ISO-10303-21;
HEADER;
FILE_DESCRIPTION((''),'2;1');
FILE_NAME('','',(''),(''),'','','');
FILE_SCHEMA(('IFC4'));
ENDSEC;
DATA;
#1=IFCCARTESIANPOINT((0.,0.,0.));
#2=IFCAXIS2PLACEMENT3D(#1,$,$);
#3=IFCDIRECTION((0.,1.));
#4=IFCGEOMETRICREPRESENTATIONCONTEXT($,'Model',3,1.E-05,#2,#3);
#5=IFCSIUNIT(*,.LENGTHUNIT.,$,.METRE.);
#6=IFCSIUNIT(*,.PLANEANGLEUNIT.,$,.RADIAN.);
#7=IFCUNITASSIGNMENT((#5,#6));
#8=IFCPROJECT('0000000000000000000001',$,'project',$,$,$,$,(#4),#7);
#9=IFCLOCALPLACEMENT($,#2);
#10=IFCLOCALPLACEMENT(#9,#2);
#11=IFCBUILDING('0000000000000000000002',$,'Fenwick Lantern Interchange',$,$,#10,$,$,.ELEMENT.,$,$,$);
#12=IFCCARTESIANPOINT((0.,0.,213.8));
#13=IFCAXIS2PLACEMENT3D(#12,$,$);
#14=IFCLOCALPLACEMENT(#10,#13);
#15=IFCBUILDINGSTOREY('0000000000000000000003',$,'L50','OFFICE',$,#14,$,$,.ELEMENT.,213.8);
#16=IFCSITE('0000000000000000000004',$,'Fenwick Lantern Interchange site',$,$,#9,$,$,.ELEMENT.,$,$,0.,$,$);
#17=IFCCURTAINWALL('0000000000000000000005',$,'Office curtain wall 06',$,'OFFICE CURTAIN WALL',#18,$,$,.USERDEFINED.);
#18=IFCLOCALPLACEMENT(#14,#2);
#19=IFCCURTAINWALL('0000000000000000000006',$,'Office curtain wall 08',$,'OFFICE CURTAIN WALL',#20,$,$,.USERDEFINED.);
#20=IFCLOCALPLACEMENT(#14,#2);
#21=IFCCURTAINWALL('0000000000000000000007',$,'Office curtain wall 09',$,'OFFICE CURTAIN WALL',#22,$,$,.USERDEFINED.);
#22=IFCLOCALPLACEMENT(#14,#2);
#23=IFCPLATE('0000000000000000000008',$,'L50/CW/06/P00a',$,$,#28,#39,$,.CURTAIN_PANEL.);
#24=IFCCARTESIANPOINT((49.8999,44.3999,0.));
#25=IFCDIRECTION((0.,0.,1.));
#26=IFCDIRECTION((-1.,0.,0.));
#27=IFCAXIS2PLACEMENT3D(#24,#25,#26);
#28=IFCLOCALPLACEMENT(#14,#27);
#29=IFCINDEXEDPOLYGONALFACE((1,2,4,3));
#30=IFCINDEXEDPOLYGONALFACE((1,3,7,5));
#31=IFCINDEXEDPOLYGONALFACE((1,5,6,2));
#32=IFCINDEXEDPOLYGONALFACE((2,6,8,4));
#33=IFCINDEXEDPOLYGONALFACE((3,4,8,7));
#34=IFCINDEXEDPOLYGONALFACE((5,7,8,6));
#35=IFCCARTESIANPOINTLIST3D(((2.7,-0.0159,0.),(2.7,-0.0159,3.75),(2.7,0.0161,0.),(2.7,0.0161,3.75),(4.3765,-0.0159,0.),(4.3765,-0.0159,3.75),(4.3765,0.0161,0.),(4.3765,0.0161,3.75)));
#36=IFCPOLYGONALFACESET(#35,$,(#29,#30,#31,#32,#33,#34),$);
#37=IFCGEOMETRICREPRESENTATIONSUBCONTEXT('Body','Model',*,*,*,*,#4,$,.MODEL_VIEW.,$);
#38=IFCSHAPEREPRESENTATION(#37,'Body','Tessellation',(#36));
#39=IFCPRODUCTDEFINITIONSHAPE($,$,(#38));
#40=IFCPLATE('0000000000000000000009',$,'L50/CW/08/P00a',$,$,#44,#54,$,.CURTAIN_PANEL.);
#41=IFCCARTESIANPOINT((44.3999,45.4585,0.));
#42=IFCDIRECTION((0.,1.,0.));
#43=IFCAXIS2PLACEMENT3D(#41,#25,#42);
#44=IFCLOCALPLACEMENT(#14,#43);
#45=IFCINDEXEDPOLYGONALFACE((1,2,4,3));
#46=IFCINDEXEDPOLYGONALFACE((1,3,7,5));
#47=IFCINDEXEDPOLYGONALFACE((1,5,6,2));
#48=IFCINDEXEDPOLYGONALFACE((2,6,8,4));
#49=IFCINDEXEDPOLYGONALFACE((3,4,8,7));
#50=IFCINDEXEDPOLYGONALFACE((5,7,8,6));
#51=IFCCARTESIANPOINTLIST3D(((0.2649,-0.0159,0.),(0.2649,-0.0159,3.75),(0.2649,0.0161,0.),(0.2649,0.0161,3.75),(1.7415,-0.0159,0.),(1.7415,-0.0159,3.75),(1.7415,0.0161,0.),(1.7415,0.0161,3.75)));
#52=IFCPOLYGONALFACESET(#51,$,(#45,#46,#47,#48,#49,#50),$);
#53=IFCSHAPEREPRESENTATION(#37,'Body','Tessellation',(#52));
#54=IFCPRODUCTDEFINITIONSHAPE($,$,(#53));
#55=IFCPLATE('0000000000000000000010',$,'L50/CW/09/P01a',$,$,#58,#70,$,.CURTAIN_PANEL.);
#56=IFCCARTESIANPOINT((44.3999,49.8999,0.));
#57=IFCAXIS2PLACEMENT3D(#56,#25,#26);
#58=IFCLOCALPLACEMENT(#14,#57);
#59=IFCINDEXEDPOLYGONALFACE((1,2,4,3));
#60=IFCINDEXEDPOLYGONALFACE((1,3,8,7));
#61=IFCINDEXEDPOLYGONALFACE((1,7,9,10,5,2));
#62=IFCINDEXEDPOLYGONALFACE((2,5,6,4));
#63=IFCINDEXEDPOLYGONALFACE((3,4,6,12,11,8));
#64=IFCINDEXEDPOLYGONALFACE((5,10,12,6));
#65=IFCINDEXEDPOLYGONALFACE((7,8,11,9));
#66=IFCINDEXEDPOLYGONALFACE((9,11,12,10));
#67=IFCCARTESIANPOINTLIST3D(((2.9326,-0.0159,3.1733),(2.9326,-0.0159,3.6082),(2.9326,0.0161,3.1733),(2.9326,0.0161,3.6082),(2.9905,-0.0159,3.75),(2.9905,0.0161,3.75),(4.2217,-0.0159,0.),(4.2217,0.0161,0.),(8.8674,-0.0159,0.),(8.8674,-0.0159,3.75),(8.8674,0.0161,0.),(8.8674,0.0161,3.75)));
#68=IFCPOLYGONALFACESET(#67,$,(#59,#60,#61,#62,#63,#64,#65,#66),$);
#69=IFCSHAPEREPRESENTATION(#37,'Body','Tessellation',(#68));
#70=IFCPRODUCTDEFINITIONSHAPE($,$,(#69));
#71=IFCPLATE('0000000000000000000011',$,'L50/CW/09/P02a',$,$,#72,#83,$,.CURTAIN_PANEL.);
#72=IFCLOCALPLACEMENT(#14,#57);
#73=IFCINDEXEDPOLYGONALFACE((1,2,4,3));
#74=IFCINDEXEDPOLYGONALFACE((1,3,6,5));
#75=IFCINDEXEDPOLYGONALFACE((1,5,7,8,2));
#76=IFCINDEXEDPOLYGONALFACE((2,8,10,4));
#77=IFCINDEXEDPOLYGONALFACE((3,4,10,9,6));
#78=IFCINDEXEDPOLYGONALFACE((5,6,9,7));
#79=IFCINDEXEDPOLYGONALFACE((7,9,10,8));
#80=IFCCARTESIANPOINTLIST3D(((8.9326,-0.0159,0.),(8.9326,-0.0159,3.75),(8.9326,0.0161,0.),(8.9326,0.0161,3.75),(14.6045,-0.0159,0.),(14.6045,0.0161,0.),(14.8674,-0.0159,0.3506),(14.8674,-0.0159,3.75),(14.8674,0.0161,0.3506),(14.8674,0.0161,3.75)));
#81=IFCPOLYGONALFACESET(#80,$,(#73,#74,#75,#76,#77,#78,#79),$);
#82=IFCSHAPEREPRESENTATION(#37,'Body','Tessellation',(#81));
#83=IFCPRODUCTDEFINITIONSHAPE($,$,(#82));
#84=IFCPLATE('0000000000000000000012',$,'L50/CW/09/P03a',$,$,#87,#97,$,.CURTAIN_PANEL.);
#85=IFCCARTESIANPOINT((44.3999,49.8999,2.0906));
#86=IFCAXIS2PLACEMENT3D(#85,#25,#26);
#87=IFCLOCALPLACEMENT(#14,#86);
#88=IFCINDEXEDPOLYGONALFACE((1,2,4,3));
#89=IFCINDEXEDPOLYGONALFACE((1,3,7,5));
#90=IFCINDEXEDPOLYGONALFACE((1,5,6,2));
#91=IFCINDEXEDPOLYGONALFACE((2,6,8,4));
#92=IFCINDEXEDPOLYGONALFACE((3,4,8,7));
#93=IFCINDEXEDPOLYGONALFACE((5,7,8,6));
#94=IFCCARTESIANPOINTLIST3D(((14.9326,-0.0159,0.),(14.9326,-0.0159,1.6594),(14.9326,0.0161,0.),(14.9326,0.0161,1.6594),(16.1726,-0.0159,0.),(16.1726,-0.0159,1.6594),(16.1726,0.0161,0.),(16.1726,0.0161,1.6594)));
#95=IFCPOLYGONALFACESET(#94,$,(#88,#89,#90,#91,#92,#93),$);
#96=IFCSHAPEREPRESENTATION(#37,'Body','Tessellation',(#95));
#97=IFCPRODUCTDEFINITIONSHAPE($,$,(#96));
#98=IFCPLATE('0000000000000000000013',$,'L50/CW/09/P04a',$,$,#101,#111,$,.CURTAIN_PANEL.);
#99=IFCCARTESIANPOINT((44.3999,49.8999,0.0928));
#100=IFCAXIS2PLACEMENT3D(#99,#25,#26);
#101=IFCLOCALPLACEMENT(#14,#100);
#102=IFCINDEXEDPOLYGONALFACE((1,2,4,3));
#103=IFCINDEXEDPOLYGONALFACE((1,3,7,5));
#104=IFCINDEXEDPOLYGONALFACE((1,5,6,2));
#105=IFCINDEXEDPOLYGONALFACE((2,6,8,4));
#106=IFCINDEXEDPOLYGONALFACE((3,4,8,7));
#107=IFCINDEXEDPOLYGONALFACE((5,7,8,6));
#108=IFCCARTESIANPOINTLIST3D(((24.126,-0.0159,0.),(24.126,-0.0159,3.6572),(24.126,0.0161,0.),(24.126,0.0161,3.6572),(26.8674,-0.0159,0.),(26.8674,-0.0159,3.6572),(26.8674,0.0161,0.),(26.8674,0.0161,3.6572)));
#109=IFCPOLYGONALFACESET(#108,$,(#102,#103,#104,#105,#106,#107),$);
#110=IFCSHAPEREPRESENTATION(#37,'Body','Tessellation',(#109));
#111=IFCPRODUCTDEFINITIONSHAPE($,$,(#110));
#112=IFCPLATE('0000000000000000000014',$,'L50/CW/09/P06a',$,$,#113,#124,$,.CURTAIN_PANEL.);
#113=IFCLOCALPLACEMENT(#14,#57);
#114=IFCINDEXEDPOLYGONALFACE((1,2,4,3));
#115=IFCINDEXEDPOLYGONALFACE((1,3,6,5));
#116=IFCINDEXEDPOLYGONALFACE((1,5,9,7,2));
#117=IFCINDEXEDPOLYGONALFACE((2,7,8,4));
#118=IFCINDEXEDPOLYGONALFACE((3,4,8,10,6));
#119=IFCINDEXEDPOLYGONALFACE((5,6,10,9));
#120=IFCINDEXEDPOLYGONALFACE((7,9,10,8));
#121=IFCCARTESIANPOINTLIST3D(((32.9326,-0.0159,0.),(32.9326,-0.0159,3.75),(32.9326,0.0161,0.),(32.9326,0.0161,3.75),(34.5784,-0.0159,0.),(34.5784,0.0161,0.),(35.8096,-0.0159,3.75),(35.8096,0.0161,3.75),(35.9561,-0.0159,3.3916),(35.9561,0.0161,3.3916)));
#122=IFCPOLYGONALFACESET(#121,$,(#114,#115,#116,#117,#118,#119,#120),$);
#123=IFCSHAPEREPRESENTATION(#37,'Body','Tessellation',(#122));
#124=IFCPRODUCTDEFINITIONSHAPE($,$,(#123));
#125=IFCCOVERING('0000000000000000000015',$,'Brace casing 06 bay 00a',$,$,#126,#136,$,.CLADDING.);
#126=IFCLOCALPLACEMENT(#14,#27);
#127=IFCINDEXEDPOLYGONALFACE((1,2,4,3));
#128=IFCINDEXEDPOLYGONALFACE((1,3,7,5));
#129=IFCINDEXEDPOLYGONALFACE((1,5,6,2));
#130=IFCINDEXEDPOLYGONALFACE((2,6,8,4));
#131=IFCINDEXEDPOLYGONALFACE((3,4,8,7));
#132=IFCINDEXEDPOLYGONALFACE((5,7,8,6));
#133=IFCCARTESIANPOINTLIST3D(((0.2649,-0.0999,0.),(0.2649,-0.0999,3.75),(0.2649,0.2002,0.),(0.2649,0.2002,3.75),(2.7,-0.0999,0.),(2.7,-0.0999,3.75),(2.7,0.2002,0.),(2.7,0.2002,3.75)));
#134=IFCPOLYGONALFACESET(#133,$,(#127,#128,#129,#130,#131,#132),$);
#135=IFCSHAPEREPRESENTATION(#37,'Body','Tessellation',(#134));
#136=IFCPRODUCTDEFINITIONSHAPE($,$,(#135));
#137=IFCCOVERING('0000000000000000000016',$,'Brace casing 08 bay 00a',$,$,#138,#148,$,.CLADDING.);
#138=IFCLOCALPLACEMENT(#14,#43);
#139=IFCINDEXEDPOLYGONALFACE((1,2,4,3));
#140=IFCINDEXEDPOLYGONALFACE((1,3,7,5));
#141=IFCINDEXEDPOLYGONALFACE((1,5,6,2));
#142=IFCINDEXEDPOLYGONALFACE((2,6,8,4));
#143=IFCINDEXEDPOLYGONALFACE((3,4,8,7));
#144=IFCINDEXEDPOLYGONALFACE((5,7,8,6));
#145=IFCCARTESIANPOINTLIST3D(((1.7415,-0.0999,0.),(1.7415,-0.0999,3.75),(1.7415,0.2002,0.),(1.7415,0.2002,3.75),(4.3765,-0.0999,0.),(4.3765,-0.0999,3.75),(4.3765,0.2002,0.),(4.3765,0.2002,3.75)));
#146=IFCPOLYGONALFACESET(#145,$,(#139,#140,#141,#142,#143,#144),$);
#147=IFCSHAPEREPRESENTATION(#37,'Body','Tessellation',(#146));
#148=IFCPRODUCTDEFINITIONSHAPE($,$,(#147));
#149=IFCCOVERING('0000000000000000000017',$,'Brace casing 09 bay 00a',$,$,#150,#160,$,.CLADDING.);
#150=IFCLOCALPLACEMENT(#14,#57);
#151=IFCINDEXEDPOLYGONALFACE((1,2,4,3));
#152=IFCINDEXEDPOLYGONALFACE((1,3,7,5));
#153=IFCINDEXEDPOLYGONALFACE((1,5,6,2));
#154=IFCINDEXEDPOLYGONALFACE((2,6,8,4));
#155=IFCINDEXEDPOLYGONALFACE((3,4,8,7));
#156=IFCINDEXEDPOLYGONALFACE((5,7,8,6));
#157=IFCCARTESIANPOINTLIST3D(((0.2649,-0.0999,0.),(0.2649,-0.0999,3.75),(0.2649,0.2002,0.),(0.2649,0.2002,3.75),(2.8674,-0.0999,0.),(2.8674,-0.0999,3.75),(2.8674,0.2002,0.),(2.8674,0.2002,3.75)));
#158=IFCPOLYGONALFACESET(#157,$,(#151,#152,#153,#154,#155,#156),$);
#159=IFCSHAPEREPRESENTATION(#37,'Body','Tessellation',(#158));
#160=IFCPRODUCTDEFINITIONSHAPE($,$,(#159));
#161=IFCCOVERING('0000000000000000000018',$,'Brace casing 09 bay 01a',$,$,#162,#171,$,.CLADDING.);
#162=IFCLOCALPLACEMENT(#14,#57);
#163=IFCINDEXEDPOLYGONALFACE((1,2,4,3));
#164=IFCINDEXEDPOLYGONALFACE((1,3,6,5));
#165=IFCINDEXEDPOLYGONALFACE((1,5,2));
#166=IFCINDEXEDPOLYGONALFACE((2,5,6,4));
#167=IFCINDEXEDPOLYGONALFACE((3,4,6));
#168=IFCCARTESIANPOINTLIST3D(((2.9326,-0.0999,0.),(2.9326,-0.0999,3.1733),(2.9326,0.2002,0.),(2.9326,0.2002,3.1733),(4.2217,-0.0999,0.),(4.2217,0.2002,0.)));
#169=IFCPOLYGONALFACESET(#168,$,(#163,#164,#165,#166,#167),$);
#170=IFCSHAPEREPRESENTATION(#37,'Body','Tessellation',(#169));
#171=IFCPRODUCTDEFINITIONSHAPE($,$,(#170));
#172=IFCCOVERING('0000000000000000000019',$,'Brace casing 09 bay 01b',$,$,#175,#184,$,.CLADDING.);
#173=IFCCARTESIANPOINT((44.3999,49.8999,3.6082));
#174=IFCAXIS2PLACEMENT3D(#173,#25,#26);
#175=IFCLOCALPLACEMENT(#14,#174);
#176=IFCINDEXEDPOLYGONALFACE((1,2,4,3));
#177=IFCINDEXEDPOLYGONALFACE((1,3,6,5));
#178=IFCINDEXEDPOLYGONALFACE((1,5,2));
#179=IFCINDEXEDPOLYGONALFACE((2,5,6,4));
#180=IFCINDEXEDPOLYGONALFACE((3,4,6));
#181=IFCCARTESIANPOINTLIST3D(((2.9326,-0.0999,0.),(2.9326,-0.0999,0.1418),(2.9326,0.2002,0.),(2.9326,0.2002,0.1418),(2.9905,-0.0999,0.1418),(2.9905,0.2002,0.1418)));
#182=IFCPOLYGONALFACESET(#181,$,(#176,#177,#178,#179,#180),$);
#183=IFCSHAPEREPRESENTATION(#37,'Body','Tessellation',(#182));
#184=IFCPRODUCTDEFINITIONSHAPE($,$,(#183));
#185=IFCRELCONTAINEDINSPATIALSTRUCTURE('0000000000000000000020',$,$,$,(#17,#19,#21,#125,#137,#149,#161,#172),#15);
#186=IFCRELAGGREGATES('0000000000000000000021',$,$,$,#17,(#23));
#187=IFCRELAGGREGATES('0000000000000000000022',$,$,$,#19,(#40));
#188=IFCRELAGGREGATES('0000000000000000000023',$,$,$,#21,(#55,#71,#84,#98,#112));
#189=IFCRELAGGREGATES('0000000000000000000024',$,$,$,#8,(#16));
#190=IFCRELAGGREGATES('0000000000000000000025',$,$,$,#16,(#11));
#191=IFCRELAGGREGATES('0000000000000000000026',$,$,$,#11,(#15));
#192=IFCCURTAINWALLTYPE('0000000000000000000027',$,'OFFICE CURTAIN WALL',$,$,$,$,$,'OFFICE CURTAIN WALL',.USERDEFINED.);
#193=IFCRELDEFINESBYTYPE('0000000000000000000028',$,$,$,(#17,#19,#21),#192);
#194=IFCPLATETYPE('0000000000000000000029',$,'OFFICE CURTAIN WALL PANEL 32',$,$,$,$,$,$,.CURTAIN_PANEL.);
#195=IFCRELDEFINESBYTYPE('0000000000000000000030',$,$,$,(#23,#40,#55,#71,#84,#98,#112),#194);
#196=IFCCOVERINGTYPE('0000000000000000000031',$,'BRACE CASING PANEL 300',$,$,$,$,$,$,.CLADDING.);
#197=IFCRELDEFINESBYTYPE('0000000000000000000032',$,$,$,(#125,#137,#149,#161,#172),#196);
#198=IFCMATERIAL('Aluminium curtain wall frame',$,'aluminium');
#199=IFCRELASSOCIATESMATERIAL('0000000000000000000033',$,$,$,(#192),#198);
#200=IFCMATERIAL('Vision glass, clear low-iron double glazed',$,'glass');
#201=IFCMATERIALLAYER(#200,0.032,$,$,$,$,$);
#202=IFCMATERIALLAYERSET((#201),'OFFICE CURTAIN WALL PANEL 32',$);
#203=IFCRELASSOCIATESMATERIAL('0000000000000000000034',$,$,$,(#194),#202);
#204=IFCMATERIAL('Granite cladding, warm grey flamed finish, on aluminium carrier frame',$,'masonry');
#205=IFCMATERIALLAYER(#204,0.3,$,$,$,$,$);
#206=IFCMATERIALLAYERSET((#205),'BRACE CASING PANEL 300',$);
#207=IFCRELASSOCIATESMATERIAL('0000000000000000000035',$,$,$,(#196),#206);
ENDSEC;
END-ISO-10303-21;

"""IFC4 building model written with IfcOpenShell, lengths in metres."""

from ifc_helpers import new_model, si_unit, direction, frame, origin, place, context, subcontext, project, spatial, polyline, outline, extrude, material, layer, layer_set, type_object, element, aggregate, save


model = new_model("IFC4")

# Units and contexts
model_context = context("Model", 3, precision=1e-05, world=origin(), true_north=direction((0.0, 1.0)))
body_context = subcontext(model_context, "Body", "Model", "MODEL_VIEW")
ifc_project = project(units=[si_unit("LENGTHUNIT", "METRE"), si_unit("PLANEANGLEUNIT", "RADIAN")], contexts=[model_context])

# Site, building, storey
site_placement = place(None, origin())
site = spatial("IfcSite", under=ifc_project, at=site_placement, Name="Fenwick Lantern Interchange site", CompositionType="ELEMENT", RefElevation=0.0)
building_placement = place(site_placement, origin())
building = spatial("IfcBuilding", under=site, at=building_placement, Name="Fenwick Lantern Interchange", CompositionType="ELEMENT")
storey_placement = place(building_placement, frame((0.0, 0.0, 213.8)))
storey = spatial("IfcBuildingStorey", under=building, at=storey_placement, Name="L50", Description="OFFICE", CompositionType="ELEMENT", Elevation=213.8)

# Curtain wall
ifc_material_1 = material(Name="Aluminium curtain wall frame", Category="aluminium")
curtain_wall_type = type_object("IfcCurtainWallType", Name="OFFICE CURTAIN WALL", ElementType="OFFICE CURTAIN WALL", PredefinedType="USERDEFINED", material=ifc_material_1)
curtain_wall_1_placement = place(storey_placement, origin())
curtain_wall_1 = element("IfcCurtainWall", 1, at=curtain_wall_1_placement, inside=storey, type_object=curtain_wall_type, Name="Office curtain wall 06", ObjectType="OFFICE CURTAIN WALL", PredefinedType="USERDEFINED")

# Curtain wall
curtain_wall_2_placement = place(storey_placement, origin())
curtain_wall_2 = element("IfcCurtainWall", 2, at=curtain_wall_2_placement, inside=storey, type_object=curtain_wall_type, Name="Office curtain wall 08", ObjectType="OFFICE CURTAIN WALL", PredefinedType="USERDEFINED")

# Curtain wall
curtain_wall_3_placement = place(storey_placement, origin())
curtain_wall_3 = element("IfcCurtainWall", 3, at=curtain_wall_3_placement, inside=storey, type_object=curtain_wall_type, Name="Office curtain wall 09", ObjectType="OFFICE CURTAIN WALL", PredefinedType="USERDEFINED")

# Plates
ifc_material_2 = material(Name="Vision glass, clear low-iron double glazed", Category="glass")
ifc_layer_1 = layer(ifc_material_2, 0.032)
ifc_layer_set_1 = layer_set([ifc_layer_1], Name="OFFICE CURTAIN WALL PANEL 32")
plate_type = type_object("IfcPlateType", Name="OFFICE CURTAIN WALL PANEL 32", PredefinedType="CURTAIN_PANEL", material=ifc_layer_set_1)
plate_1_placement = place(storey_placement, frame((49.8999, 44.3999, 0.0), z_axis=(0.0, 0.0, 1.0), x_axis=(-1.0, 0.0, 0.0)))
plate_1 = element("IfcPlate", 4, at=plate_1_placement, type_object=plate_type, Name="L50/CW/06/P00a", PredefinedType="CURTAIN_PANEL", context=body_context, shape_type="SweptSolid", body=[
    extrude(outline(polyline([(2.7, 0.0), (4.3765, 0.0), (4.3765, 3.75), (2.7, 3.75), (2.7, 0.0)])), frame((0.0, 0.0161, 0.0), z_axis=(0.0, -1.0, 0.0), x_axis=(1.0, 0.0, 0.0)), (0.0, 0.0, 1.0), 0.032),
])
aggregate(curtain_wall_1, [plate_1])
plate_2_placement = place(storey_placement, frame((44.3999, 45.4585, 0.0), z_axis=(0.0, 0.0, 1.0), x_axis=(0.0, 1.0, 0.0)))
plate_2 = element("IfcPlate", 5, at=plate_2_placement, type_object=plate_type, Name="L50/CW/08/P00a", PredefinedType="CURTAIN_PANEL", context=body_context, shape_type="SweptSolid", body=[
    extrude(outline(polyline([(0.2649, 0.0), (1.7415, 0.0), (1.7415, 3.75), (0.2649, 3.75), (0.2649, 0.0)])), frame((0.0, 0.0161, 0.0), z_axis=(0.0, -1.0, 0.0), x_axis=(1.0, 0.0, 0.0)), (0.0, 0.0, 1.0), 0.032),
])
aggregate(curtain_wall_2, [plate_2])
plate_3_placement = place(storey_placement, frame((44.3999, 49.8999, 0.0), z_axis=(0.0, 0.0, 1.0), x_axis=(-1.0, 0.0, 0.0)))
plate_3 = element("IfcPlate", 6, at=plate_3_placement, type_object=plate_type, Name="L50/CW/09/P01a", PredefinedType="CURTAIN_PANEL", context=body_context, shape_type="SweptSolid", body=[
    extrude(outline(polyline([(4.2217, 0.0), (8.8674, 0.0), (8.8674, 3.75), (2.9905, 3.75), (2.9326, 3.6082), (2.9326, 3.1733), (4.2217, 0.0)])), frame((0.0, 0.0161, 0.0), z_axis=(0.0, -1.0, 0.0), x_axis=(1.0, 0.0, 0.0)), (0.0, 0.0, 1.0), 0.032),
])
plate_4_placement = place(storey_placement, frame((44.3999, 49.8999, 0.0), z_axis=(0.0, 0.0, 1.0), x_axis=(-1.0, 0.0, 0.0)))
plate_4 = element("IfcPlate", 7, at=plate_4_placement, type_object=plate_type, Name="L50/CW/09/P02a", PredefinedType="CURTAIN_PANEL", context=body_context, shape_type="SweptSolid", body=[
    extrude(outline(polyline([(8.9326, 0.0), (14.6045, 0.0), (14.8674, 0.3506), (14.8674, 3.75), (8.9326, 3.75), (8.9326, 0.0)])), frame((0.0, 0.0161, 0.0), z_axis=(0.0, -1.0, 0.0), x_axis=(1.0, 0.0, 0.0)), (0.0, 0.0, 1.0), 0.032),
])
plate_5_placement = place(storey_placement, frame((44.3999, 49.8999, 2.0906), z_axis=(0.0, 0.0, 1.0), x_axis=(-1.0, 0.0, 0.0)))
plate_5 = element("IfcPlate", 8, at=plate_5_placement, type_object=plate_type, Name="L50/CW/09/P03a", PredefinedType="CURTAIN_PANEL", context=body_context, shape_type="SweptSolid", body=[
    extrude(outline(polyline([(14.9326, 0.0), (16.1726, 0.0), (16.1726, 1.6594), (14.9326, 1.6594), (14.9326, 0.0)])), frame((0.0, 0.0161, 0.0), z_axis=(0.0, -1.0, 0.0), x_axis=(1.0, 0.0, 0.0)), (0.0, 0.0, 1.0), 0.032),
])
plate_6_placement = place(storey_placement, frame((44.3999, 49.8999, 0.0928), z_axis=(0.0, 0.0, 1.0), x_axis=(-1.0, 0.0, 0.0)))
plate_6 = element("IfcPlate", 9, at=plate_6_placement, type_object=plate_type, Name="L50/CW/09/P04a", PredefinedType="CURTAIN_PANEL", context=body_context, shape_type="SweptSolid", body=[
    extrude(outline(polyline([(24.126, 0.0), (26.8674, 0.0), (26.8674, 3.6572), (24.126, 3.6572), (24.126, 0.0)])), frame((0.0, 0.0161, 0.0), z_axis=(0.0, -1.0, 0.0), x_axis=(1.0, 0.0, 0.0)), (0.0, 0.0, 1.0), 0.032),
])
plate_7_placement = place(storey_placement, frame((44.3999, 49.8999, 0.0), z_axis=(0.0, 0.0, 1.0), x_axis=(-1.0, 0.0, 0.0)))
plate_7 = element("IfcPlate", 10, at=plate_7_placement, type_object=plate_type, Name="L50/CW/09/P06a", PredefinedType="CURTAIN_PANEL", context=body_context, shape_type="SweptSolid", body=[
    extrude(outline(polyline([(32.9326, 0.0), (34.5784, 0.0), (35.9561, 3.3916), (35.8096, 3.75), (32.9326, 3.75), (32.9326, 0.0)])), frame((0.0, 0.0161, 0.0), z_axis=(0.0, -1.0, 0.0), x_axis=(1.0, 0.0, 0.0)), (0.0, 0.0, 1.0), 0.032),
])
aggregate(curtain_wall_3, [plate_3, plate_4, plate_5, plate_6, plate_7])

# Coverings
ifc_material_3 = material(Name="Granite cladding, warm grey flamed finish, on aluminium carrier frame", Category="masonry")
ifc_layer_2 = layer(ifc_material_3, 0.3)
ifc_layer_set_2 = layer_set([ifc_layer_2], Name="BRACE CASING PANEL 300")
covering_type = type_object("IfcCoveringType", Name="BRACE CASING PANEL 300", PredefinedType="CLADDING", material=ifc_layer_set_2)
covering_1_placement = place(storey_placement, frame((49.8999, 44.3999, 0.0), z_axis=(0.0, 0.0, 1.0), x_axis=(-1.0, 0.0, 0.0)))
element("IfcCovering", 11, at=covering_1_placement, inside=storey, type_object=covering_type, Name="Brace casing 06 bay 00a", PredefinedType="CLADDING", context=body_context, shape_type="SweptSolid", body=[
    extrude(outline(polyline([(0.2649, 0.0), (2.7, 0.0), (2.7, 3.75), (0.2649, 3.75), (0.2649, 0.0)])), frame((0.0, 0.2002, 0.0), z_axis=(0.0, -1.0, 0.0), x_axis=(1.0, 0.0, 0.0)), (0.0, 0.0, 1.0), 0.3),
])
covering_2_placement = place(storey_placement, frame((44.3999, 45.4585, 0.0), z_axis=(0.0, 0.0, 1.0), x_axis=(0.0, 1.0, 0.0)))
element("IfcCovering", 12, at=covering_2_placement, inside=storey, type_object=covering_type, Name="Brace casing 08 bay 00a", PredefinedType="CLADDING", context=body_context, shape_type="SweptSolid", body=[
    extrude(outline(polyline([(1.7415, 0.0), (4.3765, 0.0), (4.3765, 3.75), (1.7415, 3.75), (1.7415, 0.0)])), frame((0.0, 0.2002, 0.0), z_axis=(0.0, -1.0, 0.0), x_axis=(1.0, 0.0, 0.0)), (0.0, 0.0, 1.0), 0.3),
])
covering_3_placement = place(storey_placement, frame((44.3999, 49.8999, 0.0), z_axis=(0.0, 0.0, 1.0), x_axis=(-1.0, 0.0, 0.0)))
element("IfcCovering", 13, at=covering_3_placement, inside=storey, type_object=covering_type, Name="Brace casing 09 bay 00a", PredefinedType="CLADDING", context=body_context, shape_type="SweptSolid", body=[
    extrude(outline(polyline([(0.2649, 0.0), (2.8674, 0.0), (2.8674, 3.75), (0.2649, 3.75), (0.2649, 0.0)])), frame((0.0, 0.2002, 0.0), z_axis=(0.0, -1.0, 0.0), x_axis=(1.0, 0.0, 0.0)), (0.0, 0.0, 1.0), 0.3),
])
covering_4_placement = place(storey_placement, frame((44.3999, 49.8999, 0.0), z_axis=(0.0, 0.0, 1.0), x_axis=(-1.0, 0.0, 0.0)))
element("IfcCovering", 14, at=covering_4_placement, inside=storey, type_object=covering_type, Name="Brace casing 09 bay 01a", PredefinedType="CLADDING", context=body_context, shape_type="SweptSolid", body=[
    extrude(outline(polyline([(2.9326, 0.0), (4.2217, 0.0), (2.9326, 3.1733), (2.9326, 0.0)])), frame((0.0, 0.2002, 0.0), z_axis=(0.0, -1.0, 0.0), x_axis=(1.0, 0.0, 0.0)), (0.0, 0.0, 1.0), 0.3),
])
covering_5_placement = place(storey_placement, frame((44.3999, 49.8999, 3.6082), z_axis=(0.0, 0.0, 1.0), x_axis=(-1.0, 0.0, 0.0)))
element("IfcCovering", 15, at=covering_5_placement, inside=storey, type_object=covering_type, Name="Brace casing 09 bay 01b", PredefinedType="CLADDING", context=body_context, shape_type="SweptSolid", body=[
    extrude(outline(polyline([(2.9326, 0.0), (2.9905, 0.1418), (2.9326, 0.1418), (2.9326, 0.0)])), frame((0.0, 0.2002, 0.0), z_axis=(0.0, -1.0, 0.0), x_axis=(1.0, 0.0, 0.0)), (0.0, 0.0, 1.0), 0.3),
])

save(model, "model.ifc")
